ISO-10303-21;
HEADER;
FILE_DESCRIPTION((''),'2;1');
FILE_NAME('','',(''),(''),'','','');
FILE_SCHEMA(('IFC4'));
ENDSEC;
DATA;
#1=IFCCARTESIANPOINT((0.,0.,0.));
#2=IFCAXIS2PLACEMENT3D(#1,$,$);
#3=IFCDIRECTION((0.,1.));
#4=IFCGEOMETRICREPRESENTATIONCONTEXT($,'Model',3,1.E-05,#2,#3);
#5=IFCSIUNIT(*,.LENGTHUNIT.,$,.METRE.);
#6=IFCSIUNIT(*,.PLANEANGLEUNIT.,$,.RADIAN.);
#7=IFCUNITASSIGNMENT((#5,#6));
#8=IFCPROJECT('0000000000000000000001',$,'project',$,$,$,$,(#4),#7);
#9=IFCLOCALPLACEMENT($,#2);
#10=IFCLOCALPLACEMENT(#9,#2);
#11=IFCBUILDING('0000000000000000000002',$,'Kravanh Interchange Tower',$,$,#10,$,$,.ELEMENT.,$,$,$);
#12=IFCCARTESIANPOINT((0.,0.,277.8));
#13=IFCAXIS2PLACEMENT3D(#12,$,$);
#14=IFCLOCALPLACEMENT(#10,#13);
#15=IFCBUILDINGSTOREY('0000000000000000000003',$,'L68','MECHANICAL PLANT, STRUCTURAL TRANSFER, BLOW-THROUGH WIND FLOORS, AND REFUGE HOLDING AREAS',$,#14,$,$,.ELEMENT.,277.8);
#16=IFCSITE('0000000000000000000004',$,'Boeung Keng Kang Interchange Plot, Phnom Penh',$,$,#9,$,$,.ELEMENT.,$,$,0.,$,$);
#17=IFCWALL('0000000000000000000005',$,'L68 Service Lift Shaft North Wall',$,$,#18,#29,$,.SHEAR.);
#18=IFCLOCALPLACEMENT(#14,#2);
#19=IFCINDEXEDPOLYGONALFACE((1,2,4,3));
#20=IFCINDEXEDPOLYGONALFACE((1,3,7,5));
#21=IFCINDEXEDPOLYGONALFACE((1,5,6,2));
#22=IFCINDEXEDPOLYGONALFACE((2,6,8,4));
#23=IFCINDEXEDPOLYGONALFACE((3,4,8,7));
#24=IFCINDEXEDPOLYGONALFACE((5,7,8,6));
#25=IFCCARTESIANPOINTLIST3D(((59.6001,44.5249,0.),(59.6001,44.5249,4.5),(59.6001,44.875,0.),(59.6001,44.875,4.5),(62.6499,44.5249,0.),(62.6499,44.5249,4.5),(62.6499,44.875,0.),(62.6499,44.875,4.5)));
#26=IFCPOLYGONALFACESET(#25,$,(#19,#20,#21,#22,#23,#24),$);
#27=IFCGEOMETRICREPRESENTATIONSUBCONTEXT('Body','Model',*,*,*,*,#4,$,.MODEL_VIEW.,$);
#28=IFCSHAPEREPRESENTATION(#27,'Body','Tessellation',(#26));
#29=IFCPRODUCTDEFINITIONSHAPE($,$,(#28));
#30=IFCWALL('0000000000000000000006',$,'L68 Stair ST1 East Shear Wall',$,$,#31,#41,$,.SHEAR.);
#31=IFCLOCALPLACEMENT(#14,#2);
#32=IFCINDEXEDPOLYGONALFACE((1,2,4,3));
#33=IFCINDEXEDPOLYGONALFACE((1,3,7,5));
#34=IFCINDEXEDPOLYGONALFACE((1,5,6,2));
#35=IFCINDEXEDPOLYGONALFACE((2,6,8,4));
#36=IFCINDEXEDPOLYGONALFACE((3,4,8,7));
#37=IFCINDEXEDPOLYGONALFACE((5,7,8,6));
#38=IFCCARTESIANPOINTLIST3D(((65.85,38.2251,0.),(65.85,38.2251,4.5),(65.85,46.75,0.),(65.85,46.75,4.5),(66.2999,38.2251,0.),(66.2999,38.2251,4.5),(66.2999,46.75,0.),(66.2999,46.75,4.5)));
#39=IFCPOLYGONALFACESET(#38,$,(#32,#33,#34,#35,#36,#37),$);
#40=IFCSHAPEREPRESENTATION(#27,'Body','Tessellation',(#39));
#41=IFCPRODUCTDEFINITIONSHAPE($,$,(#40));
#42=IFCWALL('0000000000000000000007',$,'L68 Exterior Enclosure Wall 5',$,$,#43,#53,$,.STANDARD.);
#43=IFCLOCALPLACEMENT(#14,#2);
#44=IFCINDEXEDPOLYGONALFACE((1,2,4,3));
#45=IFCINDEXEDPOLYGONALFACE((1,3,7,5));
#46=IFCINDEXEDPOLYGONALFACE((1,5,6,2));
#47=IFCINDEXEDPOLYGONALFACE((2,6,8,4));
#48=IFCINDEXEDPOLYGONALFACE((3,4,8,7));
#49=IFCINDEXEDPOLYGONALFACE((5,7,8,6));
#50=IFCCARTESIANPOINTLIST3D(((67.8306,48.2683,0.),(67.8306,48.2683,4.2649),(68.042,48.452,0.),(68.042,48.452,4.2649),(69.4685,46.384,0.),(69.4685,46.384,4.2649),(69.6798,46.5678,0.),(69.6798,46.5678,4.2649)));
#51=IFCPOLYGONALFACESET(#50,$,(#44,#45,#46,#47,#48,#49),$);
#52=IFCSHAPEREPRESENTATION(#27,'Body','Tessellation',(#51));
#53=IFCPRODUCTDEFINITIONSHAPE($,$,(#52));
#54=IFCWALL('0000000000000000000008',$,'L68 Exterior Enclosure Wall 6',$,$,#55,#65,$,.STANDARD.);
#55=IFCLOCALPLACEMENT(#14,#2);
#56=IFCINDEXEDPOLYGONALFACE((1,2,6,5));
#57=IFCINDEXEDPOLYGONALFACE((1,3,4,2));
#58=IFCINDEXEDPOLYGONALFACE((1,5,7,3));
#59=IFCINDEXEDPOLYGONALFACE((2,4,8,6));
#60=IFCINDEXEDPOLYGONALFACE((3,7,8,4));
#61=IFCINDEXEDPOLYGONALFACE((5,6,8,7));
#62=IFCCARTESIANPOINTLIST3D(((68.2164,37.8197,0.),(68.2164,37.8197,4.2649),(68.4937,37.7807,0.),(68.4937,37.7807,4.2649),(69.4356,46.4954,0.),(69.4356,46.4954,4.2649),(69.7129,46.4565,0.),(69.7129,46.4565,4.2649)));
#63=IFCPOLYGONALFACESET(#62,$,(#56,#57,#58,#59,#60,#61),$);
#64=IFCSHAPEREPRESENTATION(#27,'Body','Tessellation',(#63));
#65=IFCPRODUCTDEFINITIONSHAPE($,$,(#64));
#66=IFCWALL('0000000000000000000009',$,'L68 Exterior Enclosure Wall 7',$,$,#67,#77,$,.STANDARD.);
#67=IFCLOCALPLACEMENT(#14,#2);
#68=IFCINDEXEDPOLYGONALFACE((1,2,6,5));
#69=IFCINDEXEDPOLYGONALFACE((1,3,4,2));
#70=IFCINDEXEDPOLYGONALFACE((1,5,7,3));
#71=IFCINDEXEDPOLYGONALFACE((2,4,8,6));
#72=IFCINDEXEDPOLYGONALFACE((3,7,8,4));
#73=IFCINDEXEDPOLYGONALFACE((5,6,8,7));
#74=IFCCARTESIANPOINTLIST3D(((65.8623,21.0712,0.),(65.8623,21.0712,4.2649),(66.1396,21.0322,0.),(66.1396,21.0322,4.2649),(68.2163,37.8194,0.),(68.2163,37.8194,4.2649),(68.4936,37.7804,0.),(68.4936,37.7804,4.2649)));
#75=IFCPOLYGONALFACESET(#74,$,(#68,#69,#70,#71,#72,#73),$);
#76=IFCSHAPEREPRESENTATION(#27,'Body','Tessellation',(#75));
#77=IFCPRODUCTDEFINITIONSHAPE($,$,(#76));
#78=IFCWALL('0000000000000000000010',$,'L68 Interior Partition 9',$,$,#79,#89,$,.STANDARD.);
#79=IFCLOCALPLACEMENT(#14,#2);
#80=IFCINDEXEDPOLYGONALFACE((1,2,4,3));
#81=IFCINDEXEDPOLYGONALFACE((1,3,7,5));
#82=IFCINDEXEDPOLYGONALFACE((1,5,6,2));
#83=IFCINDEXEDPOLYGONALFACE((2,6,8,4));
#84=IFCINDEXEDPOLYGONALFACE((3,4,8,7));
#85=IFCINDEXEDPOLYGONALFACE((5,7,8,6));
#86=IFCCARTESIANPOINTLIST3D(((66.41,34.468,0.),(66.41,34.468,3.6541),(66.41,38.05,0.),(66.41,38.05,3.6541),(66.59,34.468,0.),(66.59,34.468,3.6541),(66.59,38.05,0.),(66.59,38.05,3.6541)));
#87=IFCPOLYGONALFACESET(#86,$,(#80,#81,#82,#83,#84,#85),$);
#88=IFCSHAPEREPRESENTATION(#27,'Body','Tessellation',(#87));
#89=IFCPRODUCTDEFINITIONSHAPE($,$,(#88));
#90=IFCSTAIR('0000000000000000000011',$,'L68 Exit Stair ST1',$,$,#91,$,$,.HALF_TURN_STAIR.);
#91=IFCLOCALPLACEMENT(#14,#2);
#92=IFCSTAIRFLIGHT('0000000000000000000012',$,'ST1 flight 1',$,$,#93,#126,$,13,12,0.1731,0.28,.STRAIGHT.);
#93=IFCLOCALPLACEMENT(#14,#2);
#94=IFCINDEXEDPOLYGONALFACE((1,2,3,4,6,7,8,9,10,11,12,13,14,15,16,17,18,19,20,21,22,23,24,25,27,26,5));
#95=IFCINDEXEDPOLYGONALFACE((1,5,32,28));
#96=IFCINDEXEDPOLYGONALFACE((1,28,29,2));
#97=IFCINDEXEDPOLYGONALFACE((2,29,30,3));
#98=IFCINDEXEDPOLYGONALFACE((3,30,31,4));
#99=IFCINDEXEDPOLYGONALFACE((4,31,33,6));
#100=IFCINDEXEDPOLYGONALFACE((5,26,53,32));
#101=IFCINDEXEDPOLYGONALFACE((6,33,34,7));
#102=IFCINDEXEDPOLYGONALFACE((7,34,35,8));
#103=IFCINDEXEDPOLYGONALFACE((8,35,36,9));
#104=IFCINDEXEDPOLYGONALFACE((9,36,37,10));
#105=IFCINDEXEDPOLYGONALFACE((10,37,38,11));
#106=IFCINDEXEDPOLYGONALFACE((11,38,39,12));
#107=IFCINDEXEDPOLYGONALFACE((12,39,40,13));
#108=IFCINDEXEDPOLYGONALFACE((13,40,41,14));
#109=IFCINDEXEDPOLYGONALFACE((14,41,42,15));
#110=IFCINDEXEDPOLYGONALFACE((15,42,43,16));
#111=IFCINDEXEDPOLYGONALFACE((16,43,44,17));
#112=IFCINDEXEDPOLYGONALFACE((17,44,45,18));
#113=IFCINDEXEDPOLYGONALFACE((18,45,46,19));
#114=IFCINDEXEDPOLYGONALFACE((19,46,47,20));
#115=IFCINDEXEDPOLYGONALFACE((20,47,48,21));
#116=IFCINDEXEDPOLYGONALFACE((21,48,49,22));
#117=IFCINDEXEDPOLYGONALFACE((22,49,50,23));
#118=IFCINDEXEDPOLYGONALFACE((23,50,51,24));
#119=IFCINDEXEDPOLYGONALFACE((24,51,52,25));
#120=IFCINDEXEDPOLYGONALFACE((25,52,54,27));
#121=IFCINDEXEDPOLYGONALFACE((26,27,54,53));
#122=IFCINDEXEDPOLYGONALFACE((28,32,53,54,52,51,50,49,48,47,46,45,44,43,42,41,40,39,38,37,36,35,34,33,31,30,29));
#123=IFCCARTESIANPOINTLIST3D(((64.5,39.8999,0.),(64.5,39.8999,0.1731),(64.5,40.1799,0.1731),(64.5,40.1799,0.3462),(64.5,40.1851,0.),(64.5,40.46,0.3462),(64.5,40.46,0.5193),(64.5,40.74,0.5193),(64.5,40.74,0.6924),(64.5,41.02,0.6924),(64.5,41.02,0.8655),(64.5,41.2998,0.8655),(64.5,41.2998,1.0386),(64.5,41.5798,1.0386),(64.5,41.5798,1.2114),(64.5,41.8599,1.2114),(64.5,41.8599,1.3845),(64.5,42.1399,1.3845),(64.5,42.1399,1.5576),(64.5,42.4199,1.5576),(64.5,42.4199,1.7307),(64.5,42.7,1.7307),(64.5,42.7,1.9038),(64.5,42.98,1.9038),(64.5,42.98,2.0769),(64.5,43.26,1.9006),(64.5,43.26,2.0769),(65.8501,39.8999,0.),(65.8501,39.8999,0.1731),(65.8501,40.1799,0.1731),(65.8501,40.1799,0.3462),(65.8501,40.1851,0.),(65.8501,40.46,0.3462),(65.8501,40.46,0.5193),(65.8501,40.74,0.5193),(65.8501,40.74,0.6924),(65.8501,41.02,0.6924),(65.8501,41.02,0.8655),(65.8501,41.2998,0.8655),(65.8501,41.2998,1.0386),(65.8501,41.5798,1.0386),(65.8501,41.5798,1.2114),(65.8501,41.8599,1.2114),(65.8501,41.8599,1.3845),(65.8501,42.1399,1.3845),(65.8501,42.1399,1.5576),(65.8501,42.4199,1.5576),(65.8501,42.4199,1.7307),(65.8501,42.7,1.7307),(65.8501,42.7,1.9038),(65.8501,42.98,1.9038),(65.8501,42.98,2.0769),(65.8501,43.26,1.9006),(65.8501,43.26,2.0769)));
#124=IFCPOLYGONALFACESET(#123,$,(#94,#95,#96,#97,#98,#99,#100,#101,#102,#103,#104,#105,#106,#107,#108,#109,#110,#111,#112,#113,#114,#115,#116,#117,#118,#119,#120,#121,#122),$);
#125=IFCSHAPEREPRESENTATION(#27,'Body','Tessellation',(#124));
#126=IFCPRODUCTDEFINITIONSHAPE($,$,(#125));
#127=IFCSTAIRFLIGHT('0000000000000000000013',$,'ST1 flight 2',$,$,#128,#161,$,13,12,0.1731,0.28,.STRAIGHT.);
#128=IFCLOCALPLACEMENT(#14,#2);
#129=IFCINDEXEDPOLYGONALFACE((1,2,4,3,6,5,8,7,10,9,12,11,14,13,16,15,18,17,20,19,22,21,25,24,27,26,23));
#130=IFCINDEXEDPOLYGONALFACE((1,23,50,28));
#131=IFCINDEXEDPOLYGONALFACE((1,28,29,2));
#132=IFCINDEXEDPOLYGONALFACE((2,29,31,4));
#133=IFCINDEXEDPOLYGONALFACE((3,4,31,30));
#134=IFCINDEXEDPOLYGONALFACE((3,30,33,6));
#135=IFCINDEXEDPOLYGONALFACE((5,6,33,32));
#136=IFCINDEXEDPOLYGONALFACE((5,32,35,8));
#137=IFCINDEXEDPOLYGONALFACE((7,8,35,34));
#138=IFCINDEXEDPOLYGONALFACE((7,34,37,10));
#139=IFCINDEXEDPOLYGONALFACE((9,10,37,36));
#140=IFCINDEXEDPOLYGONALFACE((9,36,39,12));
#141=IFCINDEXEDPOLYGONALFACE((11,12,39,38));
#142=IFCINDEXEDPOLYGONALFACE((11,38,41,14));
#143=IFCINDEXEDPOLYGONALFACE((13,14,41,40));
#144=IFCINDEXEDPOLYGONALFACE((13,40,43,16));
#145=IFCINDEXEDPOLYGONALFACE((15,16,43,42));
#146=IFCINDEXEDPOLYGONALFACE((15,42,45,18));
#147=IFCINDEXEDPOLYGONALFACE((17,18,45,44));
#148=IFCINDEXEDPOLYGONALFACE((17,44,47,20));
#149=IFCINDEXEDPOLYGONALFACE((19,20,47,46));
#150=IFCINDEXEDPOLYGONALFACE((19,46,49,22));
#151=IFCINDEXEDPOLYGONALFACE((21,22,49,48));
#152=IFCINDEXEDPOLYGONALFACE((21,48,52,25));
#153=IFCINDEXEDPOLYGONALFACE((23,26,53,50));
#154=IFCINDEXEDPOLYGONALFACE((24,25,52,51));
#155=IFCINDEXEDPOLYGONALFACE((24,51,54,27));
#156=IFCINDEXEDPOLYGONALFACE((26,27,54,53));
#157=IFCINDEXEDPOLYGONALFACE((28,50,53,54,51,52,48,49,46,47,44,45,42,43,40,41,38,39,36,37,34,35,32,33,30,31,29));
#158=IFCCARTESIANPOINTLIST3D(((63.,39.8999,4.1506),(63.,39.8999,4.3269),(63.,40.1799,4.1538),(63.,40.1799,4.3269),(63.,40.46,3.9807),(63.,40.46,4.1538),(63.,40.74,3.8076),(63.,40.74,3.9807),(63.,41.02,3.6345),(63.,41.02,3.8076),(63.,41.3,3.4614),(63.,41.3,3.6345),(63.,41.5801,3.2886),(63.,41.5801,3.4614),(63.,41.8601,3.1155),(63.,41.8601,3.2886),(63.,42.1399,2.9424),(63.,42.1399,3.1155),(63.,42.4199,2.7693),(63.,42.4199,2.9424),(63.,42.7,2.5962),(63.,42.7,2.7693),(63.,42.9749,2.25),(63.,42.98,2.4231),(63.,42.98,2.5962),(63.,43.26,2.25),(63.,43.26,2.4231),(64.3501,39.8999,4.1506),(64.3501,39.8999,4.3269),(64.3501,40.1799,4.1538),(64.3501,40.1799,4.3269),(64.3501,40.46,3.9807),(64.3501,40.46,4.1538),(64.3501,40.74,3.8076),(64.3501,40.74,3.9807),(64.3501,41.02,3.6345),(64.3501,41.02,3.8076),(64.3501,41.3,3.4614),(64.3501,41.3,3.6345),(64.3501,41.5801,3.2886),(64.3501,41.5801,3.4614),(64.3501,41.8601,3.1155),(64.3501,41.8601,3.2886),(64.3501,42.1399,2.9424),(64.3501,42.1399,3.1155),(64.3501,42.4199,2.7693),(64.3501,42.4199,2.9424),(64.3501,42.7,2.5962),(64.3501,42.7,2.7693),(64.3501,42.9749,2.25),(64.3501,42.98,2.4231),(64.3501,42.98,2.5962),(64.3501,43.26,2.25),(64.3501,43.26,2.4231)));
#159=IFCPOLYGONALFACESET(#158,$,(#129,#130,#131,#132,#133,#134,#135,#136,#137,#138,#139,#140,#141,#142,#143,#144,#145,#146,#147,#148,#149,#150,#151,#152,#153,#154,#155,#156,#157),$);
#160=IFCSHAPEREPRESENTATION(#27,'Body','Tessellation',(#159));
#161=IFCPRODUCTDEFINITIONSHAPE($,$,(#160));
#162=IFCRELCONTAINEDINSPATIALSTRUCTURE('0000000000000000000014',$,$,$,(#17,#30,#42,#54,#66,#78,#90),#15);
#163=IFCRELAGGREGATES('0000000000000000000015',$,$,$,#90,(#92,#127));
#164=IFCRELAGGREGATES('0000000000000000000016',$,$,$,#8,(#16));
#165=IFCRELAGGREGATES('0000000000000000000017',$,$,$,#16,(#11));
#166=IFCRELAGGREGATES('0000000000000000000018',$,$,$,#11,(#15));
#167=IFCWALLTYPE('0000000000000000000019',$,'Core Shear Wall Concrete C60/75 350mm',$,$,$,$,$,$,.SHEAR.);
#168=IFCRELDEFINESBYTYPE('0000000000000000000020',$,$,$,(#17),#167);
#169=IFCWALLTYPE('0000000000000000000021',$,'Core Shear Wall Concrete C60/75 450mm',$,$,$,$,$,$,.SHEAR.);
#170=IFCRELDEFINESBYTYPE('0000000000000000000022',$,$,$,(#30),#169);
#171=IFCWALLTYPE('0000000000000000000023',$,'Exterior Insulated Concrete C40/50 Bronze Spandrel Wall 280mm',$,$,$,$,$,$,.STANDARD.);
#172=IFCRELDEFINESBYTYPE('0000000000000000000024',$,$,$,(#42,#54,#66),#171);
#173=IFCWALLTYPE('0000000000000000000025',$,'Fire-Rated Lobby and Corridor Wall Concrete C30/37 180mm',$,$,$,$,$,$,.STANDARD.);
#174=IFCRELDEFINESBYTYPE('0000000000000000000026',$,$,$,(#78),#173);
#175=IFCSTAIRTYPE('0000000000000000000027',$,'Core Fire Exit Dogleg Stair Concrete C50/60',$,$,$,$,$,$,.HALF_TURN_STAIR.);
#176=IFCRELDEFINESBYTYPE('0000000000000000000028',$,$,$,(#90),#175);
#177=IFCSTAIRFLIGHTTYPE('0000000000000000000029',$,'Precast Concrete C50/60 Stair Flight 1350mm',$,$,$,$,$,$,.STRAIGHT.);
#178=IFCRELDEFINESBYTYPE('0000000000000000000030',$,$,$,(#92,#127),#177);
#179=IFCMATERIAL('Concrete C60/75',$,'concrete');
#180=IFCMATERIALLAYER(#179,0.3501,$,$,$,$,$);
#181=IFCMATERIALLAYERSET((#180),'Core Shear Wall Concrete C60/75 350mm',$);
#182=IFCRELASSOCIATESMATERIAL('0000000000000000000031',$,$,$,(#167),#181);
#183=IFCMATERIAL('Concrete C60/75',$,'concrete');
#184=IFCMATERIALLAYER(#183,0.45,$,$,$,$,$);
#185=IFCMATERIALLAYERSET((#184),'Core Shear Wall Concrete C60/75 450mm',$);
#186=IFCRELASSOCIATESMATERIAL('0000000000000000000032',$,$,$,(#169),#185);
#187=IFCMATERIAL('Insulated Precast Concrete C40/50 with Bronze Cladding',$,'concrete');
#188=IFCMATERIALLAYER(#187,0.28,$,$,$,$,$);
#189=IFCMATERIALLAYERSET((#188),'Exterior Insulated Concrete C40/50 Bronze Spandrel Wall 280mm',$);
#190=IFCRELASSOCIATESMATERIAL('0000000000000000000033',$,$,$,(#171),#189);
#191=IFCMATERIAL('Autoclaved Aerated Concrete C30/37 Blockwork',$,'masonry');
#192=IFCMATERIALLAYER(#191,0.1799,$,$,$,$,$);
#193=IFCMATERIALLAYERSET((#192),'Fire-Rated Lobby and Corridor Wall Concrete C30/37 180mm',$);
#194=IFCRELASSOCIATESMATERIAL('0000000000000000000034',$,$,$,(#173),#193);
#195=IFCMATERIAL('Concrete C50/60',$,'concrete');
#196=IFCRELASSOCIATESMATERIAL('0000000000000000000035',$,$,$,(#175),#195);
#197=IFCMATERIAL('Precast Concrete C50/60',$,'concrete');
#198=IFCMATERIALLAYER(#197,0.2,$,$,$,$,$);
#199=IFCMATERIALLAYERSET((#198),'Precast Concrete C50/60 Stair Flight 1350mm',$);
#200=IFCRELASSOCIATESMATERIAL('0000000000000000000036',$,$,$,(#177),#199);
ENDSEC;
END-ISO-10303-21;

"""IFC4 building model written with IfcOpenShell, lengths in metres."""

from ifc_helpers import new_model, si_unit, direction, frame, frame_2d, origin, place, context, subcontext, project, spatial, polyline, rectangle, outline, extrude, material, layer, layer_set, type_object, element, aggregate, save


model = new_model("IFC4")

# Units and contexts
model_context = context("Model", 3, precision=1e-05, world=origin(), true_north=direction((0.0, 1.0)))
body_context = subcontext(model_context, "Body", "Model", "MODEL_VIEW")
ifc_project = project(units=[si_unit("LENGTHUNIT", "METRE"), si_unit("PLANEANGLEUNIT", "RADIAN")], contexts=[model_context])

# Site, building, storey
site_placement = place(None, origin())
site = spatial("IfcSite", under=ifc_project, at=site_placement, Name="Boeung Keng Kang Interchange Plot, Phnom Penh", CompositionType="ELEMENT", RefElevation=0.0)
building_placement = place(site_placement, origin())
building = spatial("IfcBuilding", under=site, at=building_placement, Name="Kravanh Interchange Tower", CompositionType="ELEMENT")
storey_placement = place(building_placement, frame((0.0, 0.0, 277.8)))
storey = spatial("IfcBuildingStorey", under=building, at=storey_placement, Name="L68", Description="MECHANICAL PLANT, STRUCTURAL TRANSFER, BLOW-THROUGH WIND FLOORS, AND REFUGE HOLDING AREAS", CompositionType="ELEMENT", Elevation=277.8)

# Shared definitions
ifc_material_1 = material(Name="Concrete C60/75", Category="concrete")
ifc_layer_1 = layer(ifc_material_1, 0.3501)
ifc_layer_set_1 = layer_set([ifc_layer_1], Name="Core Shear Wall Concrete C60/75 350mm")
wall_type_1 = type_object("IfcWallType", Name="Core Shear Wall Concrete C60/75 350mm", PredefinedType="SHEAR", material=ifc_layer_set_1)

# Walls
wall_1_placement = place(storey_placement, frame((59.6001, 44.7, 0.0), z_axis=(0.0, 0.0, 1.0), x_axis=(1.0, 0.0, 0.0)))
element("IfcWall", 1, at=wall_1_placement, inside=storey, type_object=wall_type_1, Name="L68 Service Lift Shaft North Wall", PredefinedType="SHEAR", context=body_context, shape_type="SweptSolid", body=[
    extrude(rectangle(XDim=3.0498, YDim=0.3501, at=frame_2d((1.5249, 0.0))), origin(), (0.0, 0.0, 1.0), 4.5),
])
ifc_material_2 = material(Name="Concrete C60/75", Category="concrete")
ifc_layer_2 = layer(ifc_material_2, 0.45)
ifc_layer_set_2 = layer_set([ifc_layer_2], Name="Core Shear Wall Concrete C60/75 450mm")
wall_type_2 = type_object("IfcWallType", Name="Core Shear Wall Concrete C60/75 450mm", PredefinedType="SHEAR", material=ifc_layer_set_2)
wall_2_placement = place(storey_placement, frame((66.075, 38.2251, 0.0), z_axis=(0.0, 0.0, 1.0), x_axis=(0.0, 1.0, 0.0)))
element("IfcWall", 2, at=wall_2_placement, inside=storey, type_object=wall_type_2, Name="L68 Stair ST1 East Shear Wall", PredefinedType="SHEAR", context=body_context, shape_type="SweptSolid", body=[
    extrude(rectangle(XDim=8.5249, YDim=0.45, at=frame_2d((4.2625, 0.0))), origin(), (0.0, 0.0, 1.0), 4.5),
])
ifc_material_3 = material(Name="Insulated Precast Concrete C40/50 with Bronze Cladding", Category="concrete")
ifc_layer_3 = layer(ifc_material_3, 0.28)
ifc_layer_set_3 = layer_set([ifc_layer_3], Name="Exterior Insulated Concrete C40/50 Bronze Spandrel Wall 280mm")
wall_type_3 = type_object("IfcWallType", Name="Exterior Insulated Concrete C40/50 Bronze Spandrel Wall 280mm", PredefinedType="STANDARD", material=ifc_layer_set_3)
wall_3_placement = place(storey_placement, frame((67.9363, 48.3601, 0.0), z_axis=(0.0, 0.0, 1.0), x_axis=(0.65605, -0.754717, 0.0)))
element("IfcWall", 3, at=wall_3_placement, inside=storey, type_object=wall_type_3, Name="L68 Exterior Enclosure Wall 5", PredefinedType="STANDARD", context=body_context, shape_type="SweptSolid", body=[
    extrude(rectangle(XDim=2.4966, YDim=0.28, at=frame_2d((1.2483, 0.0))), origin(), (0.0, 0.0, 1.0), 4.2649),
])
wall_4_placement = place(storey_placement, frame((69.5742, 46.4758, 0.0), z_axis=(0.0, 0.0, 1.0), x_axis=(-0.139166, -0.990269, 0.0)))
element("IfcWall", 4, at=wall_4_placement, inside=storey, type_object=wall_type_3, Name="L68 Exterior Enclosure Wall 6", PredefinedType="STANDARD", context=body_context, shape_type="SweptSolid", body=[
    extrude(rectangle(XDim=8.761, YDim=0.28, at=frame_2d((4.3804, 0.0))), origin(), (0.0, 0.0, 1.0), 4.2649),
])
wall_5_placement = place(storey_placement, frame((68.355, 37.8, 0.0), z_axis=(0.0, 0.0, 1.0), x_axis=(-0.139184, -0.990267, 0.0)))
element("IfcWall", 5, at=wall_5_placement, inside=storey, type_object=wall_type_3, Name="L68 Exterior Enclosure Wall 7", PredefinedType="STANDARD", context=body_context, shape_type="SweptSolid", body=[
    extrude(rectangle(XDim=16.9128, YDim=0.28, at=frame_2d((8.4565, 0.0))), origin(), (0.0, 0.0, 1.0), 4.2649),
])
ifc_material_4 = material(Name="Autoclaved Aerated Concrete C30/37 Blockwork", Category="masonry")
ifc_layer_4 = layer(ifc_material_4, 0.1799)
ifc_layer_set_4 = layer_set([ifc_layer_4], Name="Fire-Rated Lobby and Corridor Wall Concrete C30/37 180mm")
wall_type_4 = type_object("IfcWallType", Name="Fire-Rated Lobby and Corridor Wall Concrete C30/37 180mm", PredefinedType="STANDARD", material=ifc_layer_set_4)
wall_6_placement = place(storey_placement, frame((66.5, 34.468, 0.0), z_axis=(0.0, 0.0, 1.0), x_axis=(0.0, 1.0, 0.0)))
element("IfcWall", 6, at=wall_6_placement, inside=storey, type_object=wall_type_4, Name="L68 Interior Partition 9", PredefinedType="STANDARD", context=body_context, shape_type="SweptSolid", body=[
    extrude(rectangle(XDim=3.582, YDim=0.1799, at=frame_2d((1.791, 0.0))), origin(), (0.0, 0.0, 1.0), 3.6541),
])

# Stair, stair flights
ifc_material_5 = material(Name="Concrete C50/60", Category="concrete")
stair_type = type_object("IfcStairType", Name="Core Fire Exit Dogleg Stair Concrete C50/60", PredefinedType="HALF_TURN_STAIR", material=ifc_material_5)
stair_placement = place(storey_placement, origin())
stair = element("IfcStair", 7, at=stair_placement, inside=storey, type_object=stair_type, Name="L68 Exit Stair ST1", PredefinedType="HALF_TURN_STAIR")
ifc_material_6 = material(Name="Precast Concrete C50/60", Category="concrete")
ifc_layer_5 = layer(ifc_material_6, 0.2)
ifc_layer_set_5 = layer_set([ifc_layer_5], Name="Precast Concrete C50/60 Stair Flight 1350mm")
stair_flight_type = type_object("IfcStairFlightType", Name="Precast Concrete C50/60 Stair Flight 1350mm", PredefinedType="STRAIGHT", material=ifc_layer_set_5)
stair_flight_1_placement = place(storey_placement, frame((65.175, 39.8999, 0.0), z_axis=(0.0, 0.0, 1.0), x_axis=(0.0, 1.0, 0.0)))
stair_flight_1 = element("IfcStairFlight", 8, at=stair_flight_1_placement, type_object=stair_flight_type, Name="ST1 flight 1", NumberOfRisers=13, NumberOfTreads=12, PredefinedType="STRAIGHT", RiserHeight=0.1731, TreadLength=0.28, context=body_context, shape_type="SweptSolid", body=[
    extrude(outline(polyline([(0.0, 0.0), (0.0, 0.1731), (0.28, 0.1731), (0.28, 0.3462), (0.5601, 0.3462), (0.5601, 0.5193), (0.8401, 0.5193), (0.8401, 0.6924), (1.1201, 0.6924), (1.1201, 0.8655), (1.3999, 0.8655), (1.3999, 1.0386), (1.6799, 1.0386), (1.6799, 1.2114), (1.96, 1.2114), (1.96, 1.3845), (2.24, 1.3845), (2.24, 1.5576), (2.52, 1.5576), (2.52, 1.7307), (2.8, 1.7307), (2.8, 1.9038), (3.0801, 1.9038), (3.0801, 2.0769), (3.3601, 2.0769), (3.3601, 2.25), (3.3601, 1.9006), (0.2852, 0.0), (0.0, 0.0)])), frame((0.0, 0.675, 0.0), z_axis=(0.0, -1.0, 0.0), x_axis=(1.0, 0.0, 0.0)), (0.0, 0.0, 1.0), 1.3501),
])
stair_flight_2_placement = place(storey_placement, frame((63.675, 43.26, 2.25), z_axis=(0.0, 0.0, 1.0), x_axis=(0.0, -1.0, 0.0)))
stair_flight_2 = element("IfcStairFlight", 9, at=stair_flight_2_placement, type_object=stair_flight_type, Name="ST1 flight 2", NumberOfRisers=13, NumberOfTreads=12, PredefinedType="STRAIGHT", RiserHeight=0.1731, TreadLength=0.28, context=body_context, shape_type="SweptSolid", body=[
    extrude(outline(polyline([(0.0, 0.0), (0.0, 0.1731), (0.28, 0.1731), (0.28, 0.3462), (0.5601, 0.3462), (0.5601, 0.5193), (0.8401, 0.5193), (0.8401, 0.6924), (1.1201, 0.6924), (1.1201, 0.8655), (1.3999, 0.8655), (1.3999, 1.0386), (1.6799, 1.0386), (1.6799, 1.2114), (1.96, 1.2114), (1.96, 1.3845), (2.24, 1.3845), (2.24, 1.5576), (2.52, 1.5576), (2.52, 1.7307), (2.8, 1.7307), (2.8, 1.9038), (3.0801, 1.9038), (3.0801, 2.0769), (3.3601, 2.0769), (3.3601, 2.25), (3.3601, 1.9006), (0.2852, 0.0), (0.0, 0.0)])), frame((0.0, 0.675, 0.0), z_axis=(0.0, -1.0, 0.0), x_axis=(1.0, 0.0, 0.0)), (0.0, 0.0, 1.0), 1.3501),
])
aggregate(stair, [stair_flight_1, stair_flight_2])

save(model, "model.ifc")
